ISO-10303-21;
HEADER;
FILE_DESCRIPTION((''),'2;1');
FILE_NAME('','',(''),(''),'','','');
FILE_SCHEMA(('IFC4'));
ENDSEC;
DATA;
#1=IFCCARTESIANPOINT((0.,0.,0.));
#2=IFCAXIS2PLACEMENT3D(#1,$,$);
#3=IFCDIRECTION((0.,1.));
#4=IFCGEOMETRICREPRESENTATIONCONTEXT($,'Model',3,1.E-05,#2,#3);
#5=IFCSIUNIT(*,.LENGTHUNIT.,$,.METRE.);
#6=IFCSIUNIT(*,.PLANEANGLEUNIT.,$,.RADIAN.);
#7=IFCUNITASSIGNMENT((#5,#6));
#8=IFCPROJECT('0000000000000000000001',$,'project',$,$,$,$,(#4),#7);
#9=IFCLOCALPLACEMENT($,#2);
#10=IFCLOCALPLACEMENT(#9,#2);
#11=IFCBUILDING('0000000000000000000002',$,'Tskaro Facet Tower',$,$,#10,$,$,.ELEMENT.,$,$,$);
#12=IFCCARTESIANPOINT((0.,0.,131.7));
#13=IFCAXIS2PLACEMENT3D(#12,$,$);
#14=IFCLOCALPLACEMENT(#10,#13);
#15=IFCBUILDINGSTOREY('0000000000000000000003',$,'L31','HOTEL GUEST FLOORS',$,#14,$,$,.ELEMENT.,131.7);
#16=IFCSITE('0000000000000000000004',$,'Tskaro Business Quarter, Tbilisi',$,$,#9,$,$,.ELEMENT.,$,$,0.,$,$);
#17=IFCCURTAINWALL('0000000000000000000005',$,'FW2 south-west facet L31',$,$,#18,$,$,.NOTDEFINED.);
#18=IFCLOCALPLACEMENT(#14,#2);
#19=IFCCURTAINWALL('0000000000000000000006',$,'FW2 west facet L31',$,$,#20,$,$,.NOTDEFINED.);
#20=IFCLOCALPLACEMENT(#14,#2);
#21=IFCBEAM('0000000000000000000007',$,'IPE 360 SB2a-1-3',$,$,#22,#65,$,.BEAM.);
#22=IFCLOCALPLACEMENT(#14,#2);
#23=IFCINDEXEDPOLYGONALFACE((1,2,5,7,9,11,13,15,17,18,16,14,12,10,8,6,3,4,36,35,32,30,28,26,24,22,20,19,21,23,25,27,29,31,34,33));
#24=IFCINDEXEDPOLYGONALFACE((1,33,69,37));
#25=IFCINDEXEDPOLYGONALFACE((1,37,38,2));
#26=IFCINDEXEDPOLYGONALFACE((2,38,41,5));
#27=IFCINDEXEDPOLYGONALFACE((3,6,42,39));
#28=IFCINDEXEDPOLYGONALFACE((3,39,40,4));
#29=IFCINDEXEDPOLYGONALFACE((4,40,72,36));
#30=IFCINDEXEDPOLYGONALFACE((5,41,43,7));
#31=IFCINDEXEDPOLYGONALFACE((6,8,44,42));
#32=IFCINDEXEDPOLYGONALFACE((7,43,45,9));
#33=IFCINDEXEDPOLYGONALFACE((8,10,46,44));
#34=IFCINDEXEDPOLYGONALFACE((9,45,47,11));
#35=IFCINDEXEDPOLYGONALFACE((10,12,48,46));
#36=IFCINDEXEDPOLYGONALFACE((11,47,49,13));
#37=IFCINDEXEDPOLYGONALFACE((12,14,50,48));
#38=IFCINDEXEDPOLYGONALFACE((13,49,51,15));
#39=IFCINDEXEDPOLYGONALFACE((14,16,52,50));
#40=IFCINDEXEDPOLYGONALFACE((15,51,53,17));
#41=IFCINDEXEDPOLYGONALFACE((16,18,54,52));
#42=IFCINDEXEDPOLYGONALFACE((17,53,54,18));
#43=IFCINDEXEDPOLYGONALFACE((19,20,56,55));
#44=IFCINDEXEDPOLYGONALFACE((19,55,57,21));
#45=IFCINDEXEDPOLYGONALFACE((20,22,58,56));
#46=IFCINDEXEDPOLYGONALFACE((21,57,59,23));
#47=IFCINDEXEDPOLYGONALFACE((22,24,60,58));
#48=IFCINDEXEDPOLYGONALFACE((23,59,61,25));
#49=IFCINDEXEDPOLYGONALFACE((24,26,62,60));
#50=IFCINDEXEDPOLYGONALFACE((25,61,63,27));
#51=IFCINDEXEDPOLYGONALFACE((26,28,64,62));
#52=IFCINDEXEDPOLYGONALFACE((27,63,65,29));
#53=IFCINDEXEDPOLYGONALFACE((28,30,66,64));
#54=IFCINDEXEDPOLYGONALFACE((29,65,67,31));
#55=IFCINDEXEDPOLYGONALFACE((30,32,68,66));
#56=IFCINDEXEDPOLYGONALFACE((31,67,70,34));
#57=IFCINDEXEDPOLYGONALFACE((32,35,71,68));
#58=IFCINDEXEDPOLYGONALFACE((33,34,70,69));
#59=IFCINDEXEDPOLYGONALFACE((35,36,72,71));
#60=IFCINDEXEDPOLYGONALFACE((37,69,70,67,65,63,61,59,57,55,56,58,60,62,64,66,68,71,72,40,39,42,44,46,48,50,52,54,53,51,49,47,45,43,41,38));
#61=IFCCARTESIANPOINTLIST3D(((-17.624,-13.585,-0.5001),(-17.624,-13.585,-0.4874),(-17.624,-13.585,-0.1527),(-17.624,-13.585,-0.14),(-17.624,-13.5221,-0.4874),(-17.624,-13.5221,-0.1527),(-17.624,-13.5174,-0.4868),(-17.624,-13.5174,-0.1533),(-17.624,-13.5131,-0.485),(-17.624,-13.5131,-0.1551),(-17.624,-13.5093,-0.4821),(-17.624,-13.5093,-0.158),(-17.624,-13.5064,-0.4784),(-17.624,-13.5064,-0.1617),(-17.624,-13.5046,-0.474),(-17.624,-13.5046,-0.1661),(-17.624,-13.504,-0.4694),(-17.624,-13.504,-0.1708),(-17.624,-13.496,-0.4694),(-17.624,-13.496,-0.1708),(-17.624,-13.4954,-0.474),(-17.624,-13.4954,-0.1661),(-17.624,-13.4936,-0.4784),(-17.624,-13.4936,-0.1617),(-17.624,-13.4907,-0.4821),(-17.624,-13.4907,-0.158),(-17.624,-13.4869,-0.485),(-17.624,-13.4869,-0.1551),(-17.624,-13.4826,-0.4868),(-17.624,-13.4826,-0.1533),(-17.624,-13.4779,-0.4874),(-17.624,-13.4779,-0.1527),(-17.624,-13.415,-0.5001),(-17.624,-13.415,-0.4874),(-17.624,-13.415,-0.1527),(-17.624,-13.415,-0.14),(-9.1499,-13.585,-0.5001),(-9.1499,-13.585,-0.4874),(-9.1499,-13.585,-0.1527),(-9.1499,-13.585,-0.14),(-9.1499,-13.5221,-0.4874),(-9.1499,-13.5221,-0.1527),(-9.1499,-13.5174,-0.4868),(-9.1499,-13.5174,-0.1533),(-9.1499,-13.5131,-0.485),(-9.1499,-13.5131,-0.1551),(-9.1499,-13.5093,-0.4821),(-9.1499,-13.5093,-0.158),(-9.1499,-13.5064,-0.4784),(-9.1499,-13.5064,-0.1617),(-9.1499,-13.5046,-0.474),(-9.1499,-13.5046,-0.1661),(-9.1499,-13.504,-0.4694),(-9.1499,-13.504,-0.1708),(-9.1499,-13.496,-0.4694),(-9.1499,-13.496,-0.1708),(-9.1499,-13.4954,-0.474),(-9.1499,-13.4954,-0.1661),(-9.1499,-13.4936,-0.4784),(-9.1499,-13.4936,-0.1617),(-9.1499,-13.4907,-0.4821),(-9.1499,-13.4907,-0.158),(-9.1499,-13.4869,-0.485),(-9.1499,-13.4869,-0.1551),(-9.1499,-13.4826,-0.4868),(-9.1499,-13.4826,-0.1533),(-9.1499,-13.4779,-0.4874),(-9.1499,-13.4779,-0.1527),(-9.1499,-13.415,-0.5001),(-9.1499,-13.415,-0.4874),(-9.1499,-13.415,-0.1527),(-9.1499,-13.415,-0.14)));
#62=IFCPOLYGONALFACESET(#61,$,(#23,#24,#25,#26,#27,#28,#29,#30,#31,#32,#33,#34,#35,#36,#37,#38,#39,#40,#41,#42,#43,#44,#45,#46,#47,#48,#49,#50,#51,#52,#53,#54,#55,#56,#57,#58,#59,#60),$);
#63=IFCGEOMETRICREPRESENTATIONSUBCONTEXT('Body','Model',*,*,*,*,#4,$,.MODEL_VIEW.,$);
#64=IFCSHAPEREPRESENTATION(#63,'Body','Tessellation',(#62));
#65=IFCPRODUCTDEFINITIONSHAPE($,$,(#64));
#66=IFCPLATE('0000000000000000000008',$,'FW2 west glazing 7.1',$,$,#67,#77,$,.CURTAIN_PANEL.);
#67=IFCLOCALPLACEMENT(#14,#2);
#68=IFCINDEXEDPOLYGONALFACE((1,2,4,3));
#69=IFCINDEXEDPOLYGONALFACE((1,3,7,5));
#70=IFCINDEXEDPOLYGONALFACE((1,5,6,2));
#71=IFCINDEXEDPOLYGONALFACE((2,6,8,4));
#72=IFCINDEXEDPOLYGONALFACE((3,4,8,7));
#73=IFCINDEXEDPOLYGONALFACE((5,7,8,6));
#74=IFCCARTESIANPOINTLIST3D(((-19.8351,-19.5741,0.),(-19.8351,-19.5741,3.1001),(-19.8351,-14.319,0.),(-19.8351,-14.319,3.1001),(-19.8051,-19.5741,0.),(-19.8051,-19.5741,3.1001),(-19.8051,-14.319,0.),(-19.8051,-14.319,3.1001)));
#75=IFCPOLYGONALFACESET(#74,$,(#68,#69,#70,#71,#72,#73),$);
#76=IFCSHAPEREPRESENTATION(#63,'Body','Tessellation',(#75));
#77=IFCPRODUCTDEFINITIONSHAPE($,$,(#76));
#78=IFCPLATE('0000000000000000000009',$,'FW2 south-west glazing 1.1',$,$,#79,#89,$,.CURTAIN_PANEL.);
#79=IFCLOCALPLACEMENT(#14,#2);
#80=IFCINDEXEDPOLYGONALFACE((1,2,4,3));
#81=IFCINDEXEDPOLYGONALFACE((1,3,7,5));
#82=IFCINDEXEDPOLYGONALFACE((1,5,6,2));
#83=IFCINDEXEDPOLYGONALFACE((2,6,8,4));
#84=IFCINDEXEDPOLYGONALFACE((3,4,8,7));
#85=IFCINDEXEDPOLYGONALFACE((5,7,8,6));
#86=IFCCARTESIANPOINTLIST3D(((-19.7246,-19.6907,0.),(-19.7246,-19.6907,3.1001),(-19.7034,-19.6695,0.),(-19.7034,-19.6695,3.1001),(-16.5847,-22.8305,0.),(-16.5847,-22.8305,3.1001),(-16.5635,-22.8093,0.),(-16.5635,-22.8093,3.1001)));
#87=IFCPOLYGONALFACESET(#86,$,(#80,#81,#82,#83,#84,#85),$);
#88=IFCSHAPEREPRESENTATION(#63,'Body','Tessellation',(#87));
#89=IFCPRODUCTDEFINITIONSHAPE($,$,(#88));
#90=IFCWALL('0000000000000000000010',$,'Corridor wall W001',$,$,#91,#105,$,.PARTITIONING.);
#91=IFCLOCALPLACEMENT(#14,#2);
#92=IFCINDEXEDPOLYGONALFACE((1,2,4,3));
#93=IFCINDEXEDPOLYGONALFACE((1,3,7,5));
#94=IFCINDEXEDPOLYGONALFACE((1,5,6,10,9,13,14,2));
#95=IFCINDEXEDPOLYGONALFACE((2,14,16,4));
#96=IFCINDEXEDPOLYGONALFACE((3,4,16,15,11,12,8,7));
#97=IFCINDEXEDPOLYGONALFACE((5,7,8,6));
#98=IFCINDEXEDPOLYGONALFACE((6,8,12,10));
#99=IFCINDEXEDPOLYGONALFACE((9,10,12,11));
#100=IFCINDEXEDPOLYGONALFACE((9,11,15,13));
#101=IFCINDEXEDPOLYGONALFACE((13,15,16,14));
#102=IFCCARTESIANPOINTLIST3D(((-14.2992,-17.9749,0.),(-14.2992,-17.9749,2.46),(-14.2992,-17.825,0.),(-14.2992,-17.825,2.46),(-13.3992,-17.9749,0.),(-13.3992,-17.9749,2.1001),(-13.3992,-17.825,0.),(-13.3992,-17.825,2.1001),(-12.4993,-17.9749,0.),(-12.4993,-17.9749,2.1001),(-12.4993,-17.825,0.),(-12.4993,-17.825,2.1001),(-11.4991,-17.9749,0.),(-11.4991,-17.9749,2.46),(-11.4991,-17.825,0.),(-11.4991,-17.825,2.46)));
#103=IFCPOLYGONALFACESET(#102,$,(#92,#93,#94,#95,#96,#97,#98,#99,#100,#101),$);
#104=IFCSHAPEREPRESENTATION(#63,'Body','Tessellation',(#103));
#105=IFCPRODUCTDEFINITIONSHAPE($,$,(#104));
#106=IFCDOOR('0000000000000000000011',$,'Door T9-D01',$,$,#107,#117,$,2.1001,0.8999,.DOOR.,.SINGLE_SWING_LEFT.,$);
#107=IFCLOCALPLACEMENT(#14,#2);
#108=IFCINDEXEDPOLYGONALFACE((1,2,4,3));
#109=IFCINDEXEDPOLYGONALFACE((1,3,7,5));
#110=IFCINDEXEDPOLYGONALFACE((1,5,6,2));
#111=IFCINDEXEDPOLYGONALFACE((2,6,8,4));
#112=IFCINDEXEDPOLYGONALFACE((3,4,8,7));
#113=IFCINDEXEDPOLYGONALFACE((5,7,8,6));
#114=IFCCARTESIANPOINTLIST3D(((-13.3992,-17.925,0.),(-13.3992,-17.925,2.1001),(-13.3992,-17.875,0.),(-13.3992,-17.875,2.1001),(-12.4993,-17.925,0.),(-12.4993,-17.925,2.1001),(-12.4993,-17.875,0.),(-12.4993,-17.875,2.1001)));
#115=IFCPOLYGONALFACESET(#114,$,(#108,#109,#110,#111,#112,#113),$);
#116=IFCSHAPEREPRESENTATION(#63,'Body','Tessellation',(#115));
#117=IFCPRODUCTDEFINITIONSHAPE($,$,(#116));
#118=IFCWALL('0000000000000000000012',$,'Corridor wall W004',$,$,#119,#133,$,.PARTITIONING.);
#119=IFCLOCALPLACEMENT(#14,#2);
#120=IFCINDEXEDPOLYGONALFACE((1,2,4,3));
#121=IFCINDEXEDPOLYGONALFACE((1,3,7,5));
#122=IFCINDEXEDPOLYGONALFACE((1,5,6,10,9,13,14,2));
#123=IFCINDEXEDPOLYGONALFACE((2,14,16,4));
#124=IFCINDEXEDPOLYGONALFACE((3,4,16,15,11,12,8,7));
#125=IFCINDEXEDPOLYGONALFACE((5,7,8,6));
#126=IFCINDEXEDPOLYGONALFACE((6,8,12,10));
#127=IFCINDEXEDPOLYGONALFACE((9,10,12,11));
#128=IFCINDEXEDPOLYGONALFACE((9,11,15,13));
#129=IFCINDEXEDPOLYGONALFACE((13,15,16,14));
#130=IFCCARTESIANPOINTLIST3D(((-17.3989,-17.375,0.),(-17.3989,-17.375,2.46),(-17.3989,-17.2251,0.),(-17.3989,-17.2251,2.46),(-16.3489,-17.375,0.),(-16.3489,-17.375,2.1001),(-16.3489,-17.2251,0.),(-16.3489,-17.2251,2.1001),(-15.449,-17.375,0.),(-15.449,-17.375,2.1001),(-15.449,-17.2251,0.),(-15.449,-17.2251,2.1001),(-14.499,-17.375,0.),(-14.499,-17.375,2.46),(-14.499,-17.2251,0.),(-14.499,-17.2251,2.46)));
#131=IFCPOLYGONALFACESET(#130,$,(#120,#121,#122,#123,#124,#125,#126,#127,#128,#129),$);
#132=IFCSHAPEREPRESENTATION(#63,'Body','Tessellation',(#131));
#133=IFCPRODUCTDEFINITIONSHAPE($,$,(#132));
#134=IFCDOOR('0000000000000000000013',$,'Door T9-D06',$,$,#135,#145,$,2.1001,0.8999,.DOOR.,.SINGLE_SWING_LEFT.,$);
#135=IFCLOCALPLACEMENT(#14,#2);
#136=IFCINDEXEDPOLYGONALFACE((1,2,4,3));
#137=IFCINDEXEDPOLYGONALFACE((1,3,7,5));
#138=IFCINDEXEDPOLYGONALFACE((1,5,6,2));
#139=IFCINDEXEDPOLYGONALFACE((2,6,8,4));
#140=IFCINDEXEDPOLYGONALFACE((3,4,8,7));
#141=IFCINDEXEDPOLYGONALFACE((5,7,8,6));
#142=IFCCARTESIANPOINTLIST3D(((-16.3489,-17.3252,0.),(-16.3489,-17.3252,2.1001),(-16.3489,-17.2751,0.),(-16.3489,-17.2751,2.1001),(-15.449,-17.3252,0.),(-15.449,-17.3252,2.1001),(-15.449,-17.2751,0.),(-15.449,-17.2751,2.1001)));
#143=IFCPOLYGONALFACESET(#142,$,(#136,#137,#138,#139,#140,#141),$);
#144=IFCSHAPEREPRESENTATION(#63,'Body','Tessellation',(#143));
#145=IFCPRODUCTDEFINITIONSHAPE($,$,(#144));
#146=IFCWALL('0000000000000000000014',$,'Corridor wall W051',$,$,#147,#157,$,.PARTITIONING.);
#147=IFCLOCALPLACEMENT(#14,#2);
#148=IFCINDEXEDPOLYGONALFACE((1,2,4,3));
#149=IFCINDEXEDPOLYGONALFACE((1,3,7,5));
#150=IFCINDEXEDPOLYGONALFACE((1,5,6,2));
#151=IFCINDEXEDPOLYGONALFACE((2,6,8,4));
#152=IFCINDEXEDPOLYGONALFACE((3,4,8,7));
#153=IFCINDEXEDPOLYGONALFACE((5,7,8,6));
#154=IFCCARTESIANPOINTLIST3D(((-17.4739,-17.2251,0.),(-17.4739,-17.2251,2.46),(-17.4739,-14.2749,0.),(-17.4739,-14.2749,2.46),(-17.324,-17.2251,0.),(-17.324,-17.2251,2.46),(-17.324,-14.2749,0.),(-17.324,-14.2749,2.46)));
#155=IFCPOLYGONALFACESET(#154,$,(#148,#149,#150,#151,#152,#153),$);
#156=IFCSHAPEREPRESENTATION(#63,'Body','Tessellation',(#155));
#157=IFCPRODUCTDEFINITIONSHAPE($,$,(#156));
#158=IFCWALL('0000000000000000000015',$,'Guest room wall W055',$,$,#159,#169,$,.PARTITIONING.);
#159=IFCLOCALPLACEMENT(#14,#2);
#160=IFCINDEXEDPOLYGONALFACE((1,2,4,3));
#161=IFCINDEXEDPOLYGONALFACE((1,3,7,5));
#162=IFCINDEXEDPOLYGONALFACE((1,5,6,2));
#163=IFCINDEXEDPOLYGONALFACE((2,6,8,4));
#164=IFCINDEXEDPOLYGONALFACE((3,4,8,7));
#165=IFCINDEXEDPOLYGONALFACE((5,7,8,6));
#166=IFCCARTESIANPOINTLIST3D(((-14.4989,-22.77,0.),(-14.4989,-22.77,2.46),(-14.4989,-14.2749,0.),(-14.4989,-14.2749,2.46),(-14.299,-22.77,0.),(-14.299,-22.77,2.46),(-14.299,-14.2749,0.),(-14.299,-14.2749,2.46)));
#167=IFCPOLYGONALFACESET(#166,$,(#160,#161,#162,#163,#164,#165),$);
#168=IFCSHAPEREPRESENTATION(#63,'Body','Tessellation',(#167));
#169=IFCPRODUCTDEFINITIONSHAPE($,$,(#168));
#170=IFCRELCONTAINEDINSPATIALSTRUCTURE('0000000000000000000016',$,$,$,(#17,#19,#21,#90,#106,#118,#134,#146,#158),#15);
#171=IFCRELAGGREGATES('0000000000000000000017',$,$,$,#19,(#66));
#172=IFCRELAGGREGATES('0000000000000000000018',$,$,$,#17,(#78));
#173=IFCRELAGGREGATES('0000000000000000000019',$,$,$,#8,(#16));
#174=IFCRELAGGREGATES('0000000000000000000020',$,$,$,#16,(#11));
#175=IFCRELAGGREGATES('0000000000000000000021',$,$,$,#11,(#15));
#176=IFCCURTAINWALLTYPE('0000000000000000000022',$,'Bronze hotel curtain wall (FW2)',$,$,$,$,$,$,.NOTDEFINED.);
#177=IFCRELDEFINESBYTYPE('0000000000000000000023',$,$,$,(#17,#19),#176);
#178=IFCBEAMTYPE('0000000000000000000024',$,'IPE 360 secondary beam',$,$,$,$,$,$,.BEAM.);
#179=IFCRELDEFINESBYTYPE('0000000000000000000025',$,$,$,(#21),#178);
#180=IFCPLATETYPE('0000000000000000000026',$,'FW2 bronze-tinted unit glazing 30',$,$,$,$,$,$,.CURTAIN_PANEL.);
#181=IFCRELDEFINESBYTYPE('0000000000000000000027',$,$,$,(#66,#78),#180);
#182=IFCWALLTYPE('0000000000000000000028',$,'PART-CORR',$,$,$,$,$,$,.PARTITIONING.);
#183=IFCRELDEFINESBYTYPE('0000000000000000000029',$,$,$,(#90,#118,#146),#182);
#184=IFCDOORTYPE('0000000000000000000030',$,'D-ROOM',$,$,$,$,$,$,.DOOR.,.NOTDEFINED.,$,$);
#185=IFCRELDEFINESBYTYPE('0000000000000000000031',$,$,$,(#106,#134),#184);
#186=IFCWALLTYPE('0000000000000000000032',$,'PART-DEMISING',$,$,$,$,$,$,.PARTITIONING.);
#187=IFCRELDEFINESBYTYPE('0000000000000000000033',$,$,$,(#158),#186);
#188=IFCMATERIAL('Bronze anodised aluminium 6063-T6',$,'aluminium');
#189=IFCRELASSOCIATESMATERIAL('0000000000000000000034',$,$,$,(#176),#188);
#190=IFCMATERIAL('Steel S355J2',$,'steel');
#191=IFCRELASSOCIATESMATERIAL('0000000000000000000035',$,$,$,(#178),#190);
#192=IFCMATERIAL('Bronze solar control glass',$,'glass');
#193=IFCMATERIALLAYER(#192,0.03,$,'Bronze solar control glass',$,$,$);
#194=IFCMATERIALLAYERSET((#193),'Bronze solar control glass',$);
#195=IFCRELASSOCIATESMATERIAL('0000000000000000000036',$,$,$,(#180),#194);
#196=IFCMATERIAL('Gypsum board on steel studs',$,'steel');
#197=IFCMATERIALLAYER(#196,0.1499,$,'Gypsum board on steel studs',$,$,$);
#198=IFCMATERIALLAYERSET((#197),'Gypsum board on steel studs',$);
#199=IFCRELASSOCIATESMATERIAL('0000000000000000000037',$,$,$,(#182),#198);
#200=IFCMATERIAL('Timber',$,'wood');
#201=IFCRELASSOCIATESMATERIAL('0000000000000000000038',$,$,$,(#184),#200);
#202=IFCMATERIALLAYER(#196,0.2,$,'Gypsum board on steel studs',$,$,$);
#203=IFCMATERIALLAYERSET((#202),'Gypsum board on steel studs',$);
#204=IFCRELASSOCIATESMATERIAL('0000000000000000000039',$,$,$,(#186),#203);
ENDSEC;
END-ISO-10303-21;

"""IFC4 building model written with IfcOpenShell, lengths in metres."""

from ifc_helpers import new_model, si_unit, direction, frame, frame_2d, origin, origin_2d, place, context, subcontext, project, spatial, rectangle, i_section, extrude, material, layer, layer_set, material_profile, profile_set, type_object, element, fill, aggregate, save


model = new_model("IFC4")

# Units and contexts
model_context = context("Model", 3, precision=1e-05, world=origin(), true_north=direction((0.0, 1.0)))
body_context = subcontext(model_context, "Body", "Model", "MODEL_VIEW")
ifc_project = project(units=[si_unit("LENGTHUNIT", "METRE"), si_unit("PLANEANGLEUNIT", "RADIAN")], contexts=[model_context])

# Site, building, storey
site_placement = place(None, origin())
site = spatial("IfcSite", under=ifc_project, at=site_placement, Name="Tskaro Business Quarter, Tbilisi", CompositionType="ELEMENT", RefElevation=0.0)
building_placement = place(site_placement, origin())
building = spatial("IfcBuilding", under=site, at=building_placement, Name="Tskaro Facet Tower", CompositionType="ELEMENT")
storey_placement = place(building_placement, frame((0.0, 0.0, 131.7)))
storey = spatial("IfcBuildingStorey", under=building, at=storey_placement, Name="L31", Description="HOTEL GUEST FLOORS", CompositionType="ELEMENT", Elevation=131.7)

# Curtain walls
ifc_material_1 = material(Name="Bronze anodised aluminium 6063-T6", Category="aluminium")
curtain_wall_type = type_object("IfcCurtainWallType", Name="Bronze hotel curtain wall (FW2)", PredefinedType="NOTDEFINED", material=ifc_material_1)
curtain_wall_1_placement = place(storey_placement, origin())
curtain_wall_1 = element("IfcCurtainWall", 1, at=curtain_wall_1_placement, inside=storey, type_object=curtain_wall_type, Name="FW2 south-west facet L31", PredefinedType="NOTDEFINED")
curtain_wall_2_placement = place(storey_placement, origin())
curtain_wall_2 = element("IfcCurtainWall", 2, at=curtain_wall_2_placement, inside=storey, type_object=curtain_wall_type, Name="FW2 west facet L31", PredefinedType="NOTDEFINED")

# Beam
ifc_material_2 = material(Name="Steel S355J2", Category="steel")
ifc_material_profile_1 = material_profile(ifc_material_2, i_section(OverallWidth=0.1699, OverallDepth=0.3601, WebThickness=0.0081, FlangeThickness=0.0127, FilletRadius=0.0181, at=origin_2d()), Name="IPE 360")
ifc_profile_set_1 = profile_set([ifc_material_profile_1], Name="Steel S355J2")
beam_type_1 = type_object("IfcBeamType", Name="IPE 360 secondary beam", PredefinedType="BEAM", material=ifc_profile_set_1)
beam_1_placement = place(storey_placement, frame((-17.624, -13.5, -0.3201), z_axis=(1.0, 0.0, 0.0), x_axis=(0.0, 1.0, 0.0)))
element("IfcBeam", 3, at=beam_1_placement, inside=storey, type_object=beam_type_1, Name="IPE 360 SB2a-1-3", PredefinedType="BEAM", context=body_context, shape_type="SweptSolid", body=[
    extrude(i_section(OverallWidth=0.1699, OverallDepth=0.3601, WebThickness=0.0081, FlangeThickness=0.0127, FilletRadius=0.0181, at=origin_2d()), origin(), (0.0, 0.0, 1.0), 8.4741),
])

# Plates
ifc_material_3 = material(Name="Bronze solar control glass", Category="glass")
ifc_layer_1 = layer(ifc_material_3, 0.03, Name="Bronze solar control glass")
ifc_layer_set_1 = layer_set([ifc_layer_1], Name="Bronze solar control glass")
plate_type = type_object("IfcPlateType", Name="FW2 bronze-tinted unit glazing 30", PredefinedType="CURTAIN_PANEL", material=ifc_layer_set_1)
plate_1_placement = place(storey_placement, frame((-19.8201, -16.9465, 0.0), z_axis=(0.0, 0.0, 1.0), x_axis=(0.0, -1.0, 0.0)))
plate_1 = element("IfcPlate", 4, at=plate_1_placement, type_object=plate_type, Name="FW2 west glazing 7.1", PredefinedType="CURTAIN_PANEL", context=body_context, shape_type="SweptSolid", body=[
    extrude(rectangle(XDim=5.2551, YDim=0.03, at=origin_2d()), origin(), (0.0, 0.0, 1.0), 3.1001),
])
aggregate(curtain_wall_2, [plate_1])
plate_2_placement = place(storey_placement, frame((-18.144, -21.25, 0.0), z_axis=(0.0, 0.0, 1.0), x_axis=(0.707107, -0.707107, 0.0)))
plate_2 = element("IfcPlate", 5, at=plate_2_placement, type_object=plate_type, Name="FW2 south-west glazing 1.1", PredefinedType="CURTAIN_PANEL", context=body_context, shape_type="SweptSolid", body=[
    extrude(rectangle(XDim=4.4404, YDim=0.03, at=origin_2d()), origin(), (0.0, 0.0, 1.0), 3.1001),
])
aggregate(curtain_wall_1, [plate_2])

# Walls, openings, doors
ifc_material_4 = material(Name="Gypsum board on steel studs", Category="steel")
ifc_layer_2 = layer(ifc_material_4, 0.1499, Name="Gypsum board on steel studs")
ifc_layer_set_2 = layer_set([ifc_layer_2], Name="Gypsum board on steel studs")
wall_type_1 = type_object("IfcWallType", Name="PART-CORR", PredefinedType="PARTITIONING", material=ifc_layer_set_2)
wall_1_placement = place(storey_placement, frame((-14.2991, -17.8999, 0.0), z_axis=(0.0, 0.0, 1.0), x_axis=(1.0, 0.0, 0.0)))
wall_1 = element("IfcWall", 6, at=wall_1_placement, inside=storey, type_object=wall_type_1, Name="Corridor wall W001", PredefinedType="PARTITIONING", context=body_context, shape_type="SweptSolid", body=[
    extrude(rectangle(XDim=2.8, YDim=0.1499, at=frame_2d((1.3999, 0.0))), origin(), (0.0, 0.0, 1.0), 2.46),
])
opening_1_placement = place(wall_1_placement, frame((0.8999, 0.0, 0.0)))
opening_1 = element("IfcOpeningElement", 7, at=opening_1_placement, cuts=wall_1, PredefinedType="OPENING", context=body_context, shape_type="SweptSolid", body=[
    extrude(rectangle(XDim=0.8999, YDim=2.1001, at=frame_2d((0.45, 1.05))), frame((0.0, 0.085, 0.0), z_axis=(0.0, -1.0, 0.0), x_axis=(1.0, 0.0, 0.0)), (0.0, 0.0, 1.0), 0.1699),
])
ifc_material_5 = material(Name="Timber", Category="wood")
door_type = type_object("IfcDoorType", Name="D-ROOM", OperationType="NOTDEFINED", PredefinedType="DOOR", material=ifc_material_5)
door_1_placement = place(opening_1_placement, origin())
door_1 = element("IfcDoor", 8, at=door_1_placement, inside=storey, type_object=door_type, Name="Door T9-D01", OperationType="SINGLE_SWING_LEFT", OverallHeight=2.1001, OverallWidth=0.8999, PredefinedType="DOOR", context=body_context, shape_type="SweptSolid", body=[
    extrude(rectangle(XDim=0.8999, YDim=2.1001, at=frame_2d((0.45, 1.05))), frame((0.0, 0.0249, 0.0), z_axis=(0.0, -1.0, 0.0), x_axis=(1.0, 0.0, 0.0)), (0.0, 0.0, 1.0), 0.05),
])
fill(opening_1, door_1)
wall_2_placement = place(storey_placement, frame((-17.3989, -17.3, 0.0), z_axis=(0.0, 0.0, 1.0), x_axis=(1.0, 0.0, 0.0)))
wall_2 = element("IfcWall", 9, at=wall_2_placement, inside=storey, type_object=wall_type_1, Name="Corridor wall W004", PredefinedType="PARTITIONING", context=body_context, shape_type="SweptSolid", body=[
    extrude(rectangle(XDim=2.8999, YDim=0.1499, at=frame_2d((1.45, 0.0))), origin(), (0.0, 0.0, 1.0), 2.46),
])
opening_2_placement = place(wall_2_placement, frame((1.05, 0.0, 0.0)))
opening_2 = element("IfcOpeningElement", 10, at=opening_2_placement, cuts=wall_2, PredefinedType="OPENING", context=body_context, shape_type="SweptSolid", body=[
    extrude(rectangle(XDim=0.8999, YDim=2.1001, at=frame_2d((0.45, 1.05))), frame((0.0, 0.085, 0.0), z_axis=(0.0, -1.0, 0.0), x_axis=(1.0, 0.0, 0.0)), (0.0, 0.0, 1.0), 0.1699),
])
door_2_placement = place(opening_2_placement, origin())
door_2 = element("IfcDoor", 11, at=door_2_placement, inside=storey, type_object=door_type, Name="Door T9-D06", OperationType="SINGLE_SWING_LEFT", OverallHeight=2.1001, OverallWidth=0.8999, PredefinedType="DOOR", context=body_context, shape_type="SweptSolid", body=[
    extrude(rectangle(XDim=0.8999, YDim=2.1001, at=frame_2d((0.45, 1.05))), frame((0.0, 0.0249, 0.0), z_axis=(0.0, -1.0, 0.0), x_axis=(1.0, 0.0, 0.0)), (0.0, 0.0, 1.0), 0.05),
])
fill(opening_2, door_2)

# Walls
wall_3_placement = place(storey_placement, frame((-17.3989, -17.2251, 0.0), z_axis=(0.0, 0.0, 1.0), x_axis=(0.0, 1.0, 0.0)))
element("IfcWall", 12, at=wall_3_placement, inside=storey, type_object=wall_type_1, Name="Corridor wall W051", PredefinedType="PARTITIONING", context=body_context, shape_type="SweptSolid", body=[
    extrude(rectangle(XDim=2.9502, YDim=0.1499, at=frame_2d((1.4751, 0.0))), origin(), (0.0, 0.0, 1.0), 2.46),
])
ifc_layer_3 = layer(ifc_material_4, 0.2, Name="Gypsum board on steel studs")
ifc_layer_set_3 = layer_set([ifc_layer_3], Name="Gypsum board on steel studs")
wall_type_2 = type_object("IfcWallType", Name="PART-DEMISING", PredefinedType="PARTITIONING", material=ifc_layer_set_3)
wall_4_placement = place(storey_placement, frame((-14.3989, -22.77, 0.0), z_axis=(0.0, 0.0, 1.0), x_axis=(0.0, 1.0, 0.0)))
element("IfcWall", 13, at=wall_4_placement, inside=storey, type_object=wall_type_2, Name="Guest room wall W055", PredefinedType="PARTITIONING", context=body_context, shape_type="SweptSolid", body=[
    extrude(rectangle(XDim=8.4951, YDim=0.2, at=frame_2d((4.2476, 0.0))), origin(), (0.0, 0.0, 1.0), 2.46),
])

save(model, "model.ifc")
